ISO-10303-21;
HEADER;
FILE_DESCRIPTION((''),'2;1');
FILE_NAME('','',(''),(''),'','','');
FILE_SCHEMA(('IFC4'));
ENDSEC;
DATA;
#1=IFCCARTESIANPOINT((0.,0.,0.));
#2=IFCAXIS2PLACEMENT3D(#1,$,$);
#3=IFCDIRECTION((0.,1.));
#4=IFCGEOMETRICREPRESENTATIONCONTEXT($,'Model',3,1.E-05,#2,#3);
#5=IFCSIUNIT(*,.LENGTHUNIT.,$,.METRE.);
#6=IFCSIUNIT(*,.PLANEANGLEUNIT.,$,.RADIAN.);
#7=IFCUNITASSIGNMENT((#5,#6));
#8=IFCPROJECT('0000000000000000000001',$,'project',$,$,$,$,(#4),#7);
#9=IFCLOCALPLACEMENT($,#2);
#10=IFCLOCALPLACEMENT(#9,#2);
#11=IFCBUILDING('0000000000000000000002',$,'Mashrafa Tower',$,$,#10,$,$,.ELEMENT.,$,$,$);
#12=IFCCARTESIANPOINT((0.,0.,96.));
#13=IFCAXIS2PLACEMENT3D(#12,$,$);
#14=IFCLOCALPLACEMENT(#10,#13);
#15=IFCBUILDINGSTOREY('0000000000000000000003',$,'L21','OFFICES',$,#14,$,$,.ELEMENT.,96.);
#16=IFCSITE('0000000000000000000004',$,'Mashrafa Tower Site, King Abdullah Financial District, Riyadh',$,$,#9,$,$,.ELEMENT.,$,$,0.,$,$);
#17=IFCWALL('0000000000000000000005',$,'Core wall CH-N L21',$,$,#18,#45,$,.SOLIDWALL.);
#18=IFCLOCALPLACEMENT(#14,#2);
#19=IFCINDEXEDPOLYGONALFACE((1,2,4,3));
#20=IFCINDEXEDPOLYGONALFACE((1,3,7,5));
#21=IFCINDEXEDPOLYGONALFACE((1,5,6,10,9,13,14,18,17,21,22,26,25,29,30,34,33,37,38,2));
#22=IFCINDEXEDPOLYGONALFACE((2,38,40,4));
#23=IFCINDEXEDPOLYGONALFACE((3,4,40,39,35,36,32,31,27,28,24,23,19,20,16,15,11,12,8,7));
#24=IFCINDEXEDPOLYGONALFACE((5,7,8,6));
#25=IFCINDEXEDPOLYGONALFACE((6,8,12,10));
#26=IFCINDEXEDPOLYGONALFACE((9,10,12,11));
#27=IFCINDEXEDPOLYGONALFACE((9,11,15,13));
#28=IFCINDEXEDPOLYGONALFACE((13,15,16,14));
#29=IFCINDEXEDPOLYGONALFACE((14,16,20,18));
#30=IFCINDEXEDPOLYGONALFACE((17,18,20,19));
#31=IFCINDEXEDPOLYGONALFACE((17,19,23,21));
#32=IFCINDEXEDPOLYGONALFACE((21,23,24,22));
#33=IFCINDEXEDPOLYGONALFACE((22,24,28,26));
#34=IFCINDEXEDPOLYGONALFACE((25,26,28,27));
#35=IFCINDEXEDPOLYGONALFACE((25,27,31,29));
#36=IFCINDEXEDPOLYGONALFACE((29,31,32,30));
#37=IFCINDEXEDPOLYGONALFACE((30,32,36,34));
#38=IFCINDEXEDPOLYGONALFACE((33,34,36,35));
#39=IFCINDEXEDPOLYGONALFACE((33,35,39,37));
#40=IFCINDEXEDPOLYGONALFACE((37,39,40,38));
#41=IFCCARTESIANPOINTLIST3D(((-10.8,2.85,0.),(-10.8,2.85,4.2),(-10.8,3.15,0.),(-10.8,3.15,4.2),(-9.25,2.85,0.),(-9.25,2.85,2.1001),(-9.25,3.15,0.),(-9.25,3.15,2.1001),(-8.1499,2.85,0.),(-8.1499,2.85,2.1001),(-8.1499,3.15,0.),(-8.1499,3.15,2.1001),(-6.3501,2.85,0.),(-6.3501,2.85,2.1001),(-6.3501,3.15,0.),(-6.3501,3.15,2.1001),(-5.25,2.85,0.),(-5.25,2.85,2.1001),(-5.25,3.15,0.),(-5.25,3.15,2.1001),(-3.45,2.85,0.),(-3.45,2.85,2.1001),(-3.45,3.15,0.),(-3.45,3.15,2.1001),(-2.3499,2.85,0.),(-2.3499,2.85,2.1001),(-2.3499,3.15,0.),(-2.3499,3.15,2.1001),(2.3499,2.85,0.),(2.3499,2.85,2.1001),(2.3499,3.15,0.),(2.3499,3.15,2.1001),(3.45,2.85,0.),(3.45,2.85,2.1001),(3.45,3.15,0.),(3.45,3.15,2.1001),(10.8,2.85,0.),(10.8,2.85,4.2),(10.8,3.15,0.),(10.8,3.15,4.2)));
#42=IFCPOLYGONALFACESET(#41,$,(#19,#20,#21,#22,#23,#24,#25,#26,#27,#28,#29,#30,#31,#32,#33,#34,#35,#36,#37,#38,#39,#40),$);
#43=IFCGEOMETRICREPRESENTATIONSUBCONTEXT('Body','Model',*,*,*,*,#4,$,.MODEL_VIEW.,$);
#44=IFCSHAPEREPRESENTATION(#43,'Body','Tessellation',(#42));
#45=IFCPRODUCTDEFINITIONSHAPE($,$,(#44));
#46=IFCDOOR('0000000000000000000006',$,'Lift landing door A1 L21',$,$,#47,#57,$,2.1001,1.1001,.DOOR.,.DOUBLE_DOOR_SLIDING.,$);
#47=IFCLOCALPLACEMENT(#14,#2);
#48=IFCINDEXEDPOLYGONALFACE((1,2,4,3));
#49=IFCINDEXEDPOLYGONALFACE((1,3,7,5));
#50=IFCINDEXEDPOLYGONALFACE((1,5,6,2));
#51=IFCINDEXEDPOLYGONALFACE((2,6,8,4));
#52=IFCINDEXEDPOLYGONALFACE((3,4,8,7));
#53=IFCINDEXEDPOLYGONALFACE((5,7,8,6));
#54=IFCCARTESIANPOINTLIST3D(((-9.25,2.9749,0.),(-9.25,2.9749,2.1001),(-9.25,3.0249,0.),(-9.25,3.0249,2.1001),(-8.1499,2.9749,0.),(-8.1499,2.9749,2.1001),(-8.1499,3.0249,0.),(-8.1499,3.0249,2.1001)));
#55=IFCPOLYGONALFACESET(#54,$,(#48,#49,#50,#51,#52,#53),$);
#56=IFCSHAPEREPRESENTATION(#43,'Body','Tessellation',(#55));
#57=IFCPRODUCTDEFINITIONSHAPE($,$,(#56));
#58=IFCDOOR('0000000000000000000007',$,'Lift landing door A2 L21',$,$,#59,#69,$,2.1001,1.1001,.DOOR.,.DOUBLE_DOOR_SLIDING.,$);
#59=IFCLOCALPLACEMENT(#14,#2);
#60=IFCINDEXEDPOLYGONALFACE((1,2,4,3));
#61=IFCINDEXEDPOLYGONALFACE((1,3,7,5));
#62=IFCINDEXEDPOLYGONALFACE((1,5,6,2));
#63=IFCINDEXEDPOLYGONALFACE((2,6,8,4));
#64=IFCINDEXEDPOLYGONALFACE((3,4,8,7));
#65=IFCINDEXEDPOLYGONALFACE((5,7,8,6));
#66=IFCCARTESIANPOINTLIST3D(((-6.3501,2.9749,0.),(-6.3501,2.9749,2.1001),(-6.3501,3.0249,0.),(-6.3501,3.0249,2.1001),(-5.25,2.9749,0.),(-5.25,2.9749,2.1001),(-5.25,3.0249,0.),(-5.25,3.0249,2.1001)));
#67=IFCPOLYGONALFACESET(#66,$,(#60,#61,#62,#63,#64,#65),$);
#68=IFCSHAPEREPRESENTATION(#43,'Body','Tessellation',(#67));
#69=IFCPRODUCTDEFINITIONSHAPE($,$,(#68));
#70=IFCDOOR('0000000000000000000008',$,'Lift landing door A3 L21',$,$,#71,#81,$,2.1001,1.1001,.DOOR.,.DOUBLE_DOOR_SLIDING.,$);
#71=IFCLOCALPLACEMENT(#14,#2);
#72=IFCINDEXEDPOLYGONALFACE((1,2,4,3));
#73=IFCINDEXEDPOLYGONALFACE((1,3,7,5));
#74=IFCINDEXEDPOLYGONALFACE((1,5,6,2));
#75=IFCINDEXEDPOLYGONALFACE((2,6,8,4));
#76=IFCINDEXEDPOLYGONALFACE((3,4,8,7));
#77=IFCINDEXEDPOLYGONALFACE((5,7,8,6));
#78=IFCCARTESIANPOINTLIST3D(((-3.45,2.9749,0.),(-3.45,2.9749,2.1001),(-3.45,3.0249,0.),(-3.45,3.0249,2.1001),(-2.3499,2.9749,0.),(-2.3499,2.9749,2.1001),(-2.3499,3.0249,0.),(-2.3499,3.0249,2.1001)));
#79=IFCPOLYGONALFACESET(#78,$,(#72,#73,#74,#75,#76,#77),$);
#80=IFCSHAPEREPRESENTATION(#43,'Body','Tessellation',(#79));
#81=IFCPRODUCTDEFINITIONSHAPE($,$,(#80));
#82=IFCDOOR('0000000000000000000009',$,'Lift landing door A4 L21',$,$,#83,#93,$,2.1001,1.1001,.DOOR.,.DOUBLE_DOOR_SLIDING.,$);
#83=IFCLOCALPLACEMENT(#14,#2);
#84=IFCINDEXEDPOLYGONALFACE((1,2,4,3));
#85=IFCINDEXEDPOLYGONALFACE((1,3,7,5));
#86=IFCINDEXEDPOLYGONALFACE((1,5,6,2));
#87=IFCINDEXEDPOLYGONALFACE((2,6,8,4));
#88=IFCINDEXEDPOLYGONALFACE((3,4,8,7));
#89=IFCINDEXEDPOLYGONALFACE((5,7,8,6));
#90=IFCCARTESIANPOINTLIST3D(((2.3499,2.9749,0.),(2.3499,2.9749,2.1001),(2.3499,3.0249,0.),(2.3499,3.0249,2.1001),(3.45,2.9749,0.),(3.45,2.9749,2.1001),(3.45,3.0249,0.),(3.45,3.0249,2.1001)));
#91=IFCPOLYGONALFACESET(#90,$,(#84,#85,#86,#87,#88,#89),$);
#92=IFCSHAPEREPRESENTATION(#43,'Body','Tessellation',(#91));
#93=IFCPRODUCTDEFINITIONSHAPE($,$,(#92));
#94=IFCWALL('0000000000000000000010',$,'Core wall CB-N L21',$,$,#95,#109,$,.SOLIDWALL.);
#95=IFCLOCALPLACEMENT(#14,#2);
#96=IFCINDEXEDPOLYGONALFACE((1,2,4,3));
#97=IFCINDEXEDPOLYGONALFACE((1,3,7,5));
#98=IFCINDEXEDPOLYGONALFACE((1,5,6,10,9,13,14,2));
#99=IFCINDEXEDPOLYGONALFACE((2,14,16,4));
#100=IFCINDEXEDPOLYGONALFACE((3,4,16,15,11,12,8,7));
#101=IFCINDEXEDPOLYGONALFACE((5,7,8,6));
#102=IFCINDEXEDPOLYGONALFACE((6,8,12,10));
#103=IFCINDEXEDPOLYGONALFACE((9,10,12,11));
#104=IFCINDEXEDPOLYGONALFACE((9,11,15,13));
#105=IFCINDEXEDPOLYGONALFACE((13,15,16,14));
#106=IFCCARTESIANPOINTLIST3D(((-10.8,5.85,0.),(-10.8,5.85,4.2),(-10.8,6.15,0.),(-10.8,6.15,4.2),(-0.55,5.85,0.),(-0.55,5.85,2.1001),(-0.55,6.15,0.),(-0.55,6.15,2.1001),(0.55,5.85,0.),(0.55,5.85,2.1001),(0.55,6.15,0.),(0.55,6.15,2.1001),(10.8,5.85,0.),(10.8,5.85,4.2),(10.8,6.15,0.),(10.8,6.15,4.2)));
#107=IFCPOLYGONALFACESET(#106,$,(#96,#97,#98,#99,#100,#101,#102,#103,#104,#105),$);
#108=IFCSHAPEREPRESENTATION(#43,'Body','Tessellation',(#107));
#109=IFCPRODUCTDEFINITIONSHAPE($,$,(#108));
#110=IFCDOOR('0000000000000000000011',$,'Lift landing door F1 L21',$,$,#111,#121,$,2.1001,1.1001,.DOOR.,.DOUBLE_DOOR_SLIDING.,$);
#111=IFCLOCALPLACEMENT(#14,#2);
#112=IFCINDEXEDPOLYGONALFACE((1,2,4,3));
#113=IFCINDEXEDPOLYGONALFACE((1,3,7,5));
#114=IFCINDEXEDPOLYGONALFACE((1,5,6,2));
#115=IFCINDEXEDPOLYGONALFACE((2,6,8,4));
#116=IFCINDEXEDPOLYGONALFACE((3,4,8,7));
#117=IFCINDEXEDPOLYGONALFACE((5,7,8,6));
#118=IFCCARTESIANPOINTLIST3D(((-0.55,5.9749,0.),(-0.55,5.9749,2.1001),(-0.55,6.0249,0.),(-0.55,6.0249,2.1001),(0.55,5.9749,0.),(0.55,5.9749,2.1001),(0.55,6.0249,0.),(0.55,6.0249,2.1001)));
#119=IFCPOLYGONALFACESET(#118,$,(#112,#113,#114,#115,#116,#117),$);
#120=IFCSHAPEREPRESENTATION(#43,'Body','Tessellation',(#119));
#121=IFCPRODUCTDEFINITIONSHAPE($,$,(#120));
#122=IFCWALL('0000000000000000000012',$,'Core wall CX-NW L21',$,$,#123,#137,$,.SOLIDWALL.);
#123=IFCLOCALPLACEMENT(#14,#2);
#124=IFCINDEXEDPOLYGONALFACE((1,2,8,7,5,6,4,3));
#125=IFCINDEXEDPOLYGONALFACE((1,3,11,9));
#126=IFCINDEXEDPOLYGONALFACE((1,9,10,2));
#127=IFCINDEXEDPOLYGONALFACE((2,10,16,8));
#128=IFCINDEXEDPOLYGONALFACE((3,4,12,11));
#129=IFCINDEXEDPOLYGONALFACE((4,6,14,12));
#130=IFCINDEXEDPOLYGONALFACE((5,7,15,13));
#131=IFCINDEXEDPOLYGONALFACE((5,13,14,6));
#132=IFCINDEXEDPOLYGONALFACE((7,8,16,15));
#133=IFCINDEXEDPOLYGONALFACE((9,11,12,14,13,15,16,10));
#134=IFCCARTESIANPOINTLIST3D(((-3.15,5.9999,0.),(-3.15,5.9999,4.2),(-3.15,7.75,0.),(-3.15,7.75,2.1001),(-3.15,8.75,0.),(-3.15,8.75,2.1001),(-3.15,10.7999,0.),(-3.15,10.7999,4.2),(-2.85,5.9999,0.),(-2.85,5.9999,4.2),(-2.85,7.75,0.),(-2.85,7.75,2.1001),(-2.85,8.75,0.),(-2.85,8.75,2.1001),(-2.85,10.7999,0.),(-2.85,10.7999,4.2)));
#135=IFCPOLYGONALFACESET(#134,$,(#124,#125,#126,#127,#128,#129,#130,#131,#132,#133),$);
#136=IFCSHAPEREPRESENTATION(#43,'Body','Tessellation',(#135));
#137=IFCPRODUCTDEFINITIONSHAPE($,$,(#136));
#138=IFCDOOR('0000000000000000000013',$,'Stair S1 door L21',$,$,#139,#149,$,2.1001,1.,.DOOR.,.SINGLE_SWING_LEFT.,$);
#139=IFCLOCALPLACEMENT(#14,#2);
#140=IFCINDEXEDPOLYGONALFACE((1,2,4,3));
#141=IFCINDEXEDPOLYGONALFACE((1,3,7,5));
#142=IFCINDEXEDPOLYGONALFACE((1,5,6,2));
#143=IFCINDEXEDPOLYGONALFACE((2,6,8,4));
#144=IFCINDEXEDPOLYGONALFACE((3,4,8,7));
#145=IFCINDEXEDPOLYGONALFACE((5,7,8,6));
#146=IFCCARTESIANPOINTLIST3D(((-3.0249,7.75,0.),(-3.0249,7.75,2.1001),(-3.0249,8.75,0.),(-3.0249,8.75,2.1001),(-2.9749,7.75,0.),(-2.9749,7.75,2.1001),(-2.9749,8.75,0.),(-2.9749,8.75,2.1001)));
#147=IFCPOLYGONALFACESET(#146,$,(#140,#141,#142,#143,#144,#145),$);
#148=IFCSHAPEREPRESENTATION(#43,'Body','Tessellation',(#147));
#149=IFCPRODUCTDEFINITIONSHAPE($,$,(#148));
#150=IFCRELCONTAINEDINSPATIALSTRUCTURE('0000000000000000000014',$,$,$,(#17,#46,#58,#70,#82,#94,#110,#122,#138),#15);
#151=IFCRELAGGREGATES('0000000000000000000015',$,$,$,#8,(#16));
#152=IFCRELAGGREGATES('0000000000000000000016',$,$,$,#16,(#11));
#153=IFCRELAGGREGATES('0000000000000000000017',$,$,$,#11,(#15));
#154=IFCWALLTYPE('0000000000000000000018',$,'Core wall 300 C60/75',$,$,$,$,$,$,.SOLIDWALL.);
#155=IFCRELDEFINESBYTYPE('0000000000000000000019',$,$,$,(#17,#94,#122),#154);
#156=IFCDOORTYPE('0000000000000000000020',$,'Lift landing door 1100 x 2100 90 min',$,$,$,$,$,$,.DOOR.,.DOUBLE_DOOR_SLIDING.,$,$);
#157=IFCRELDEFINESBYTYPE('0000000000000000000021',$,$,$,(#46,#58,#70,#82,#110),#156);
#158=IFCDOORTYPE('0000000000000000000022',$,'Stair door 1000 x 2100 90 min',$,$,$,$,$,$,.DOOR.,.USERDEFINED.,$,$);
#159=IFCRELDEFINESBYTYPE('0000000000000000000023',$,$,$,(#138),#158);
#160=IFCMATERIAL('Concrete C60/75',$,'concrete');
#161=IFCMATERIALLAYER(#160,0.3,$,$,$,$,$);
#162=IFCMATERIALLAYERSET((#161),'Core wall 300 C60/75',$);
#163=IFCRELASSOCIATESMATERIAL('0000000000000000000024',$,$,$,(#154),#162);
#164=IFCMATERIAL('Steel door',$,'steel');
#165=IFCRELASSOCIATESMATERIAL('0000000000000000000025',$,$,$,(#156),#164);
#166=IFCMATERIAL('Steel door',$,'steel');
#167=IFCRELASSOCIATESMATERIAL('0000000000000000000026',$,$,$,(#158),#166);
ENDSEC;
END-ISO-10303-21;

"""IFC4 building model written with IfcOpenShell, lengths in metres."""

from ifc_helpers import new_model, si_unit, direction, frame, frame_2d, origin, place, context, subcontext, project, spatial, rectangle, extrude, material, layer, layer_set, type_object, element, fill, save


model = new_model("IFC4")

# Units and contexts
model_context = context("Model", 3, precision=1e-05, world=origin(), true_north=direction((0.0, 1.0)))
body_context = subcontext(model_context, "Body", "Model", "MODEL_VIEW")
ifc_project = project(units=[si_unit("LENGTHUNIT", "METRE"), si_unit("PLANEANGLEUNIT", "RADIAN")], contexts=[model_context])

# Site, building, storey
site_placement = place(None, origin())
site = spatial("IfcSite", under=ifc_project, at=site_placement, Name="Mashrafa Tower Site, King Abdullah Financial District, Riyadh", CompositionType="ELEMENT", RefElevation=0.0)
building_placement = place(site_placement, origin())
building = spatial("IfcBuilding", under=site, at=building_placement, Name="Mashrafa Tower", CompositionType="ELEMENT")
storey_placement = place(building_placement, frame((0.0, 0.0, 96.0)))
storey = spatial("IfcBuildingStorey", under=building, at=storey_placement, Name="L21", Description="OFFICES", CompositionType="ELEMENT", Elevation=96.0)

# Wall, openings, doors
ifc_material_1 = material(Name="Concrete C60/75", Category="concrete")
ifc_layer_1 = layer(ifc_material_1, 0.3)
ifc_layer_set_1 = layer_set([ifc_layer_1], Name="Core wall 300 C60/75")
wall_type_1 = type_object("IfcWallType", Name="Core wall 300 C60/75", PredefinedType="SOLIDWALL", material=ifc_layer_set_1)
wall_1_placement = place(storey_placement, frame((-10.8, 3.0, 0.0), z_axis=(0.0, 0.0, 1.0), x_axis=(1.0, 0.0, 0.0)))
wall_1 = element("IfcWall", 1, at=wall_1_placement, inside=storey, type_object=wall_type_1, Name="Core wall CH-N L21", PredefinedType="SOLIDWALL", context=body_context, shape_type="SweptSolid", body=[
    extrude(rectangle(XDim=21.6001, YDim=0.3, at=frame_2d((10.8, 0.0))), origin(), (0.0, 0.0, 1.0), 4.2),
])
opening_1_placement = place(wall_1_placement, frame((1.55, 0.0, 0.0)))
opening_1 = element("IfcOpeningElement", 2, at=opening_1_placement, cuts=wall_1, PredefinedType="OPENING", context=body_context, shape_type="SweptSolid", body=[
    extrude(rectangle(XDim=1.1001, YDim=2.1001, at=frame_2d((0.55, 1.05))), frame((0.0, 0.1599, 0.0), z_axis=(0.0, -1.0, 0.0), x_axis=(1.0, 0.0, 0.0)), (0.0, 0.0, 1.0), 0.3201),
])
opening_2_placement = place(wall_1_placement, frame((4.45, 0.0, 0.0)))
opening_2 = element("IfcOpeningElement", 3, at=opening_2_placement, cuts=wall_1, PredefinedType="OPENING", context=body_context, shape_type="SweptSolid", body=[
    extrude(rectangle(XDim=1.1001, YDim=2.1001, at=frame_2d((0.55, 1.05))), frame((0.0, 0.1599, 0.0), z_axis=(0.0, -1.0, 0.0), x_axis=(1.0, 0.0, 0.0)), (0.0, 0.0, 1.0), 0.3201),
])
opening_3_placement = place(wall_1_placement, frame((7.3501, 0.0, 0.0)))
opening_3 = element("IfcOpeningElement", 4, at=opening_3_placement, cuts=wall_1, PredefinedType="OPENING", context=body_context, shape_type="SweptSolid", body=[
    extrude(rectangle(XDim=1.1001, YDim=2.1001, at=frame_2d((0.55, 1.05))), frame((0.0, 0.1599, 0.0), z_axis=(0.0, -1.0, 0.0), x_axis=(1.0, 0.0, 0.0)), (0.0, 0.0, 1.0), 0.3201),
])
opening_4_placement = place(wall_1_placement, frame((13.1499, 0.0, 0.0)))
opening_4 = element("IfcOpeningElement", 5, at=opening_4_placement, cuts=wall_1, PredefinedType="OPENING", context=body_context, shape_type="SweptSolid", body=[
    extrude(rectangle(XDim=1.1001, YDim=2.1001, at=frame_2d((0.55, 1.05))), frame((0.0, 0.1599, 0.0), z_axis=(0.0, -1.0, 0.0), x_axis=(1.0, 0.0, 0.0)), (0.0, 0.0, 1.0), 0.3201),
])
ifc_material_2 = material(Name="Steel door", Category="steel")
door_type_1 = type_object("IfcDoorType", Name="Lift landing door 1100 x 2100 90 min", OperationType="DOUBLE_DOOR_SLIDING", PredefinedType="DOOR", material=ifc_material_2)
door_1_placement = place(opening_1_placement, origin())
door_1 = element("IfcDoor", 6, at=door_1_placement, inside=storey, type_object=door_type_1, Name="Lift landing door A1 L21", OperationType="DOUBLE_DOOR_SLIDING", OverallHeight=2.1001, OverallWidth=1.1001, PredefinedType="DOOR", context=body_context, shape_type="SweptSolid", body=[
    extrude(rectangle(XDim=1.1001, YDim=2.1001, at=frame_2d((0.55, 1.05))), frame((0.0, 0.0249, 0.0), z_axis=(0.0, -1.0, 0.0), x_axis=(1.0, 0.0, 0.0)), (0.0, 0.0, 1.0), 0.05),
])
fill(opening_1, door_1)
door_2_placement = place(opening_2_placement, origin())
door_2 = element("IfcDoor", 7, at=door_2_placement, inside=storey, type_object=door_type_1, Name="Lift landing door A2 L21", OperationType="DOUBLE_DOOR_SLIDING", OverallHeight=2.1001, OverallWidth=1.1001, PredefinedType="DOOR", context=body_context, shape_type="SweptSolid", body=[
    extrude(rectangle(XDim=1.1001, YDim=2.1001, at=frame_2d((0.55, 1.05))), frame((0.0, 0.0249, 0.0), z_axis=(0.0, -1.0, 0.0), x_axis=(1.0, 0.0, 0.0)), (0.0, 0.0, 1.0), 0.05),
])
fill(opening_2, door_2)
door_3_placement = place(opening_3_placement, origin())
door_3 = element("IfcDoor", 8, at=door_3_placement, inside=storey, type_object=door_type_1, Name="Lift landing door A3 L21", OperationType="DOUBLE_DOOR_SLIDING", OverallHeight=2.1001, OverallWidth=1.1001, PredefinedType="DOOR", context=body_context, shape_type="SweptSolid", body=[
    extrude(rectangle(XDim=1.1001, YDim=2.1001, at=frame_2d((0.55, 1.05))), frame((0.0, 0.0249, 0.0), z_axis=(0.0, -1.0, 0.0), x_axis=(1.0, 0.0, 0.0)), (0.0, 0.0, 1.0), 0.05),
])
fill(opening_3, door_3)
door_4_placement = place(opening_4_placement, origin())
door_4 = element("IfcDoor", 9, at=door_4_placement, inside=storey, type_object=door_type_1, Name="Lift landing door A4 L21", OperationType="DOUBLE_DOOR_SLIDING", OverallHeight=2.1001, OverallWidth=1.1001, PredefinedType="DOOR", context=body_context, shape_type="SweptSolid", body=[
    extrude(rectangle(XDim=1.1001, YDim=2.1001, at=frame_2d((0.55, 1.05))), frame((0.0, 0.0249, 0.0), z_axis=(0.0, -1.0, 0.0), x_axis=(1.0, 0.0, 0.0)), (0.0, 0.0, 1.0), 0.05),
])
fill(opening_4, door_4)

# Walls, openings, doors
wall_2_placement = place(storey_placement, frame((-10.8, 6.0, 0.0), z_axis=(0.0, 0.0, 1.0), x_axis=(1.0, 0.0, 0.0)))
wall_2 = element("IfcWall", 10, at=wall_2_placement, inside=storey, type_object=wall_type_1, Name="Core wall CB-N L21", PredefinedType="SOLIDWALL", context=body_context, shape_type="SweptSolid", body=[
    extrude(rectangle(XDim=21.6001, YDim=0.3, at=frame_2d((10.8, 0.0))), origin(), (0.0, 0.0, 1.0), 4.2),
])
opening_5_placement = place(wall_2_placement, frame((10.25, 0.0, 0.0)))
opening_5 = element("IfcOpeningElement", 11, at=opening_5_placement, cuts=wall_2, PredefinedType="OPENING", context=body_context, shape_type="SweptSolid", body=[
    extrude(rectangle(XDim=1.1001, YDim=2.1001, at=frame_2d((0.55, 1.05))), frame((0.0, 0.1599, 0.0), z_axis=(0.0, -1.0, 0.0), x_axis=(1.0, 0.0, 0.0)), (0.0, 0.0, 1.0), 0.3201),
])
door_5_placement = place(opening_5_placement, origin())
door_5 = element("IfcDoor", 12, at=door_5_placement, inside=storey, type_object=door_type_1, Name="Lift landing door F1 L21", OperationType="DOUBLE_DOOR_SLIDING", OverallHeight=2.1001, OverallWidth=1.1001, PredefinedType="DOOR", context=body_context, shape_type="SweptSolid", body=[
    extrude(rectangle(XDim=1.1001, YDim=2.1001, at=frame_2d((0.55, 1.05))), frame((0.0, 0.0249, 0.0), z_axis=(0.0, -1.0, 0.0), x_axis=(1.0, 0.0, 0.0)), (0.0, 0.0, 1.0), 0.05),
])
fill(opening_5, door_5)
wall_3_placement = place(storey_placement, frame((-3.0, 6.0, 0.0), z_axis=(0.0, 0.0, 1.0), x_axis=(0.0, 1.0, 0.0)))
wall_3 = element("IfcWall", 13, at=wall_3_placement, inside=storey, type_object=wall_type_1, Name="Core wall CX-NW L21", PredefinedType="SOLIDWALL", context=body_context, shape_type="SweptSolid", body=[
    extrude(rectangle(XDim=4.8, YDim=0.3, at=frame_2d((2.3999, 0.0))), origin(), (0.0, 0.0, 1.0), 4.2),
])
opening_6_placement = place(wall_3_placement, frame((1.75, 0.0, 0.0)))
opening_6 = element("IfcOpeningElement", 14, at=opening_6_placement, cuts=wall_3, PredefinedType="OPENING", context=body_context, shape_type="SweptSolid", body=[
    extrude(rectangle(XDim=1.0, YDim=2.1001, at=frame_2d((0.5, 1.05))), frame((0.0, 0.1599, 0.0), z_axis=(0.0, -1.0, 0.0), x_axis=(1.0, 0.0, 0.0)), (0.0, 0.0, 1.0), 0.3201),
])
ifc_material_3 = material(Name="Steel door", Category="steel")
door_type_2 = type_object("IfcDoorType", Name="Stair door 1000 x 2100 90 min", OperationType="USERDEFINED", PredefinedType="DOOR", material=ifc_material_3)
door_6_placement = place(opening_6_placement, origin())
door_6 = element("IfcDoor", 15, at=door_6_placement, inside=storey, type_object=door_type_2, Name="Stair S1 door L21", OperationType="SINGLE_SWING_LEFT", OverallHeight=2.1001, OverallWidth=1.0, PredefinedType="DOOR", context=body_context, shape_type="SweptSolid", body=[
    extrude(rectangle(XDim=1.0, YDim=2.1001, at=frame_2d((0.5, 1.05))), frame((0.0, 0.0249, 0.0), z_axis=(0.0, -1.0, 0.0), x_axis=(1.0, 0.0, 0.0)), (0.0, 0.0, 1.0), 0.05),
])
fill(opening_6, door_6)

save(model, "model.ifc")
